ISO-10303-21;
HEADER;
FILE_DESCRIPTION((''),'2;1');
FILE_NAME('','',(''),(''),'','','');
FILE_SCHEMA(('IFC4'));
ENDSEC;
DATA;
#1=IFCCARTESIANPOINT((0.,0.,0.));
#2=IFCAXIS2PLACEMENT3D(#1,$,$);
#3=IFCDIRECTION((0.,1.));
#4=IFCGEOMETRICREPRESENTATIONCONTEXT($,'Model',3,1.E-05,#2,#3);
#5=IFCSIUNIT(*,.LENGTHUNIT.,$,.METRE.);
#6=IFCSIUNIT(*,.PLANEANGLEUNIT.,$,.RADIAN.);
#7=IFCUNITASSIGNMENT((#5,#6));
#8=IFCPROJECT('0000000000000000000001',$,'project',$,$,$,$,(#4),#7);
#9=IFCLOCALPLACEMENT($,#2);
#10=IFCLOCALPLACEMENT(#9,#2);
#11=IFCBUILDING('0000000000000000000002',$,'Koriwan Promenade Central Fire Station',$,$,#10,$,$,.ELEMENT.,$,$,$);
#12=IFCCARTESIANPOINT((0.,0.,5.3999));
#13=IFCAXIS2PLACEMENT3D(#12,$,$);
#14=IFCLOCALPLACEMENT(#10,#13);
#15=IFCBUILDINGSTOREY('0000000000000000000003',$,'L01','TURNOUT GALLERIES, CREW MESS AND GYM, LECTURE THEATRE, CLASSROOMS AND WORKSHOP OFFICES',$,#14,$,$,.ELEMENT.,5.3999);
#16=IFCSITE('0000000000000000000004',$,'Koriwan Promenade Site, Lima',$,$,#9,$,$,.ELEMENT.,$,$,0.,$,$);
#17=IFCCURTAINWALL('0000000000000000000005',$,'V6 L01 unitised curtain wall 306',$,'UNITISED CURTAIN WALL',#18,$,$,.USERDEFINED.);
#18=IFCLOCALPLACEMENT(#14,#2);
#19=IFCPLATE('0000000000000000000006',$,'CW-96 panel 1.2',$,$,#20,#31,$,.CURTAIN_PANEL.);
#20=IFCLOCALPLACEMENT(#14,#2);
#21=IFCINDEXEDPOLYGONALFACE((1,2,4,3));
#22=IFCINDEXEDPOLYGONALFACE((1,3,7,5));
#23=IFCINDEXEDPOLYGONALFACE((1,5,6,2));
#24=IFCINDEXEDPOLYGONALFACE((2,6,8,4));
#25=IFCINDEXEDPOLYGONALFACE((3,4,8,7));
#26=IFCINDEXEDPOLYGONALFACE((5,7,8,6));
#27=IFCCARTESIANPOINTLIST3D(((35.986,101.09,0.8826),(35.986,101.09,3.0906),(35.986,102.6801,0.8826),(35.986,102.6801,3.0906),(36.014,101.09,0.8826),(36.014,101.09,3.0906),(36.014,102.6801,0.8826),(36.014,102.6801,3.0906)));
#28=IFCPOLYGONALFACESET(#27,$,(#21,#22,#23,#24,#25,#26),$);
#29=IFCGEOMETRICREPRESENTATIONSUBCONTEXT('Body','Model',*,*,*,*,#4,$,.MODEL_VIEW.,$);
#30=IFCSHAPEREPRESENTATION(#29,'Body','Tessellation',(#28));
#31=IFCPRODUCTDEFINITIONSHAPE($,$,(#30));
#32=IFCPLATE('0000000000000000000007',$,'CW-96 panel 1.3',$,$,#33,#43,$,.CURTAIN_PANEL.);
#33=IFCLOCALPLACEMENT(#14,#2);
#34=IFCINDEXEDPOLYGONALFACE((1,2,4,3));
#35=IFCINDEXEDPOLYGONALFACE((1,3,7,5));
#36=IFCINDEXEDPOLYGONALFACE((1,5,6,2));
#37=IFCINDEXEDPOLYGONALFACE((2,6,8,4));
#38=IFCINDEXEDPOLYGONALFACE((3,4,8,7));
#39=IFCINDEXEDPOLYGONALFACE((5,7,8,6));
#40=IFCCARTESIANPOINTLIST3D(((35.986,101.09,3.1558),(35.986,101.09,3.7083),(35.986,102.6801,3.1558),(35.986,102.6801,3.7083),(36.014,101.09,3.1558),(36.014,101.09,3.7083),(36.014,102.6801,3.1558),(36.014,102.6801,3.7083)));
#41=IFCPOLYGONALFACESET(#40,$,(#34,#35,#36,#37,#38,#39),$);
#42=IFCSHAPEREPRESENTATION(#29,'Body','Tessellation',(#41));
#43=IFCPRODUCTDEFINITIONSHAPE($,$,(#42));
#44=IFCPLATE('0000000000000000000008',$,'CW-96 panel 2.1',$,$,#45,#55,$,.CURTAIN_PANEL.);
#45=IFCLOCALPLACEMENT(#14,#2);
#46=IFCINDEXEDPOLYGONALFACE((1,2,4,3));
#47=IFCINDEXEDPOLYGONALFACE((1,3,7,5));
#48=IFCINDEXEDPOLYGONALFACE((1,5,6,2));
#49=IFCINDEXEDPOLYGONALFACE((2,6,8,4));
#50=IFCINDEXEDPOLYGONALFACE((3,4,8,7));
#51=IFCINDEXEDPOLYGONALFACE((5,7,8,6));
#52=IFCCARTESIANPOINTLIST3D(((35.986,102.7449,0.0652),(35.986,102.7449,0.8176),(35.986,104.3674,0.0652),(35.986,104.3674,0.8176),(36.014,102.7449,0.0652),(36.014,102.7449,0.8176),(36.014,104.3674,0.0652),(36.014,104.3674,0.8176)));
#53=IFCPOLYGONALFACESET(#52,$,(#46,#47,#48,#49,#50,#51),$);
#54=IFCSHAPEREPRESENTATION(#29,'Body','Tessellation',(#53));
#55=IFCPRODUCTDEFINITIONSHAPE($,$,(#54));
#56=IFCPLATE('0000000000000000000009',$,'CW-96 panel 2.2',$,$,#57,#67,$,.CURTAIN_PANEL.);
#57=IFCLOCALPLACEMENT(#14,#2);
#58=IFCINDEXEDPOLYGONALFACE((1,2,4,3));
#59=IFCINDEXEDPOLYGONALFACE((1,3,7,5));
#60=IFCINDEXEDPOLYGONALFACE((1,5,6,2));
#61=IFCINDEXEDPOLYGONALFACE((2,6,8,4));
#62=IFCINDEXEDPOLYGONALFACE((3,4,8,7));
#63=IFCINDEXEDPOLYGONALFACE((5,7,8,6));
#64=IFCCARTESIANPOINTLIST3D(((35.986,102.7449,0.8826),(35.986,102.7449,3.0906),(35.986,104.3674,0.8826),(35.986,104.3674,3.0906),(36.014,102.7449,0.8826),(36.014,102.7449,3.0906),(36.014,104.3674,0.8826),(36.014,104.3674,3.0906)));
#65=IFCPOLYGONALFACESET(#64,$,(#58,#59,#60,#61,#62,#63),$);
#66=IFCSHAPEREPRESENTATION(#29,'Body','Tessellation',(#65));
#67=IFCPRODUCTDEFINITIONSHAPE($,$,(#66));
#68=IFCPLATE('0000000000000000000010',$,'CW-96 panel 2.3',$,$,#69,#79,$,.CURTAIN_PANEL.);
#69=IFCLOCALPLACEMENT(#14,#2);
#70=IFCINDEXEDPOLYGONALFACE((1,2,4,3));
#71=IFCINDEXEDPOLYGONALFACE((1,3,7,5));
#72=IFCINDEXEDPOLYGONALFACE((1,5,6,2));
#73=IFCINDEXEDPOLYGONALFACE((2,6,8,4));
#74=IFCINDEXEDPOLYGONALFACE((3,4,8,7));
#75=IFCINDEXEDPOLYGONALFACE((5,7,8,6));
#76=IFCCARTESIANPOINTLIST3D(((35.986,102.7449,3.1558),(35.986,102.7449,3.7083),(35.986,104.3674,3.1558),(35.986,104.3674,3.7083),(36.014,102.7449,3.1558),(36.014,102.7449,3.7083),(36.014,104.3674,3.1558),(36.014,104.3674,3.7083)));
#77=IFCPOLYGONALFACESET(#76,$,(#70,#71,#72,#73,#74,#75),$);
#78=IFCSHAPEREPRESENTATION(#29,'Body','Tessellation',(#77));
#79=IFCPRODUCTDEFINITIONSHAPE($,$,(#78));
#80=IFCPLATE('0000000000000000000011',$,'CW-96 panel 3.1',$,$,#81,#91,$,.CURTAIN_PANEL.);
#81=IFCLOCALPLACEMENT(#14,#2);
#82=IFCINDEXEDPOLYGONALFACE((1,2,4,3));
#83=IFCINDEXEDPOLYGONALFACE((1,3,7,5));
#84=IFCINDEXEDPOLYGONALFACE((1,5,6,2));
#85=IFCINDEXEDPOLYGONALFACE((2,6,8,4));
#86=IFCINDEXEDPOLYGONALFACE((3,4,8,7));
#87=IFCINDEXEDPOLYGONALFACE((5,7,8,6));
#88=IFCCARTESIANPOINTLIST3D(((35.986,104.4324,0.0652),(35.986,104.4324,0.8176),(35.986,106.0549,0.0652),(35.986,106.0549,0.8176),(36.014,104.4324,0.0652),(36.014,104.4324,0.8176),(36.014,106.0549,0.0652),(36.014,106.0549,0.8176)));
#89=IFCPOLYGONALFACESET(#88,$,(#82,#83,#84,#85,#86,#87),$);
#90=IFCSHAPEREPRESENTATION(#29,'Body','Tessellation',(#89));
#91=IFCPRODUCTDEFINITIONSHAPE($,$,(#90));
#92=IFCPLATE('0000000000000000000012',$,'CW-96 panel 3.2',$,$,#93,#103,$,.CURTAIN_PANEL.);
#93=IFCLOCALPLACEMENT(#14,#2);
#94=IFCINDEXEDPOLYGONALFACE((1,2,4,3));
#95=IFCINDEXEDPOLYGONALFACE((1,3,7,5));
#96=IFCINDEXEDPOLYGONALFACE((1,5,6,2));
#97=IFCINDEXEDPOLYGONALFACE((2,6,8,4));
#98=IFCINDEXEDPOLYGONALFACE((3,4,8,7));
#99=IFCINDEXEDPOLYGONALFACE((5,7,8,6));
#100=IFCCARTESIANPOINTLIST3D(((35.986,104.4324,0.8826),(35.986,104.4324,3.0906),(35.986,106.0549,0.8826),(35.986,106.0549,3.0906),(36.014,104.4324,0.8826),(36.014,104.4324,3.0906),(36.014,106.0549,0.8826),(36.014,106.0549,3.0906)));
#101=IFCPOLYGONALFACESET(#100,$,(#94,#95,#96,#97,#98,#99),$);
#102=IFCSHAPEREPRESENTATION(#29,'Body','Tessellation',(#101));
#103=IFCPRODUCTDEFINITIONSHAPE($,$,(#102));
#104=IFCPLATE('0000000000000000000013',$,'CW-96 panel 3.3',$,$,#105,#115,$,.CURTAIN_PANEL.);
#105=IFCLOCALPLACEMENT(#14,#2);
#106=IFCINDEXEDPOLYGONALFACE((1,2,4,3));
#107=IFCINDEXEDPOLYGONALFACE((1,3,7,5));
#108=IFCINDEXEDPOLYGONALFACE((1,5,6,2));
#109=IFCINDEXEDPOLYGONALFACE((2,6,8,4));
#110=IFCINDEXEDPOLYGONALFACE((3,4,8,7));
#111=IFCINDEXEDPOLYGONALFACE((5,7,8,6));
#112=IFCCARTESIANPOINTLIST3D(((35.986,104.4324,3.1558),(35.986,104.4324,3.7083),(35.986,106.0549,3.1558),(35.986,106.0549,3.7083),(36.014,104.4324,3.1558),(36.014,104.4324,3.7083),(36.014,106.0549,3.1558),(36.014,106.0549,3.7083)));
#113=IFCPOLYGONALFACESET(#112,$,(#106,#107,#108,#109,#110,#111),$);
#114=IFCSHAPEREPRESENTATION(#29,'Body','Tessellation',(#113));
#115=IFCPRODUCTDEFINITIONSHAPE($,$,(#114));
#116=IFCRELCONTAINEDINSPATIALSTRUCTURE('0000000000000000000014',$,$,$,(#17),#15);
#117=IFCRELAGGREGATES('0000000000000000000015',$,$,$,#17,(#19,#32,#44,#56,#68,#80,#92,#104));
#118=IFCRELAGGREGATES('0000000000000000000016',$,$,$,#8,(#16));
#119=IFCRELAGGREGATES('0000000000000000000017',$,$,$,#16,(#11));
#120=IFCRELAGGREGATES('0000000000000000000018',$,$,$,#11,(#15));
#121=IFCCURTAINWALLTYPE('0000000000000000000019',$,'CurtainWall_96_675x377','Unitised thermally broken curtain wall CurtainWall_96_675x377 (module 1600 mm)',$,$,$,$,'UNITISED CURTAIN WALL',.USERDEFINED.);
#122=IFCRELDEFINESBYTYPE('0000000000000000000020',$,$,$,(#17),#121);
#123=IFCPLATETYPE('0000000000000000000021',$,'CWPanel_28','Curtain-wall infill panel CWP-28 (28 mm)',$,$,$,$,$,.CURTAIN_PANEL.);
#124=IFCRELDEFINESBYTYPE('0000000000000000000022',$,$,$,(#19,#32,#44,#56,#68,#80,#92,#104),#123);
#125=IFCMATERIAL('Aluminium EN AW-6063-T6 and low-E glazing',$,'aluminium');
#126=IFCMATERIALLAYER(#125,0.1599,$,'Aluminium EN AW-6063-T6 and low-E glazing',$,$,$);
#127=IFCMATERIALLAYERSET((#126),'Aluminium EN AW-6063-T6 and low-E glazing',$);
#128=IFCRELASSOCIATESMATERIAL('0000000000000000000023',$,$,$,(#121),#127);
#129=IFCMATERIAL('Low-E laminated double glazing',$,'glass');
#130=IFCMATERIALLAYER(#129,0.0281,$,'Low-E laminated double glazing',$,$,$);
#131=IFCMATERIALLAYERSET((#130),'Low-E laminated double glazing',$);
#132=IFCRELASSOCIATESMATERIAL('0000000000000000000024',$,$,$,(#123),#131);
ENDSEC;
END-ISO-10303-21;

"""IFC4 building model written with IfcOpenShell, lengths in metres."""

from ifc_helpers import new_model, si_unit, direction, frame, origin, origin_2d, place, context, subcontext, project, spatial, rectangle, extrude, material, layer, layer_set, type_object, element, aggregate, save


model = new_model("IFC4")

# Units and contexts
model_context = context("Model", 3, precision=1e-05, world=origin(), true_north=direction((0.0, 1.0)))
body_context = subcontext(model_context, "Body", "Model", "MODEL_VIEW")
ifc_project = project(units=[si_unit("LENGTHUNIT", "METRE"), si_unit("PLANEANGLEUNIT", "RADIAN")], contexts=[model_context])

# Site, building, storey
site_placement = place(None, origin())
site = spatial("IfcSite", under=ifc_project, at=site_placement, Name="Koriwan Promenade Site, Lima", CompositionType="ELEMENT", RefElevation=0.0)
building_placement = place(site_placement, origin())
building = spatial("IfcBuilding", under=site, at=building_placement, Name="Koriwan Promenade Central Fire Station", CompositionType="ELEMENT")
storey_placement = place(building_placement, frame((0.0, 0.0, 5.3999)))
storey = spatial("IfcBuildingStorey", under=building, at=storey_placement, Name="L01", Description="TURNOUT GALLERIES, CREW MESS AND GYM, LECTURE THEATRE, CLASSROOMS AND WORKSHOP OFFICES", CompositionType="ELEMENT", Elevation=5.3999)

# Shared definitions
ifc_material_1 = material(Name="Aluminium EN AW-6063-T6 and low-E glazing", Category="aluminium")
ifc_layer_1 = layer(ifc_material_1, 0.1599, Name="Aluminium EN AW-6063-T6 and low-E glazing")
ifc_layer_set_1 = layer_set([ifc_layer_1], Name="Aluminium EN AW-6063-T6 and low-E glazing")
curtain_wall_type = type_object("IfcCurtainWallType", Name="CurtainWall_96_675x377", Description="Unitised thermally broken curtain wall CurtainWall_96_675x377 (module 1600 mm)", ElementType="UNITISED CURTAIN WALL", PredefinedType="USERDEFINED", material=ifc_layer_set_1)

# Curtain wall
curtain_wall_1_placement = place(storey_placement, origin())
curtain_wall_1 = element("IfcCurtainWall", 1, at=curtain_wall_1_placement, inside=storey, type_object=curtain_wall_type, Name="V6 L01 unitised curtain wall 306", ObjectType="UNITISED CURTAIN WALL", PredefinedType="USERDEFINED")

# Plates
ifc_material_2 = material(Name="Low-E laminated double glazing", Category="glass")
ifc_layer_2 = layer(ifc_material_2, 0.0281, Name="Low-E laminated double glazing")
ifc_layer_set_2 = layer_set([ifc_layer_2], Name="Low-E laminated double glazing")
plate_type = type_object("IfcPlateType", Name="CWPanel_28", Description="Curtain-wall infill panel CWP-28 (28 mm)", PredefinedType="CURTAIN_PANEL", material=ifc_layer_set_2)
plate_1_placement = place(storey_placement, frame((36.0, 101.885, 0.8826), z_axis=(0.0, 0.0, 1.0), x_axis=(0.0, 1.0, 0.0)))
plate_1 = element("IfcPlate", 2, at=plate_1_placement, type_object=plate_type, Name="CW-96 panel 1.2", PredefinedType="CURTAIN_PANEL", context=body_context, shape_type="SweptSolid", body=[
    extrude(rectangle(XDim=1.5901, YDim=0.0281, at=origin_2d()), origin(), (0.0, 0.0, 1.0), 2.208),
])
plate_2_placement = place(storey_placement, frame((36.0, 101.885, 3.1558), z_axis=(0.0, 0.0, 1.0), x_axis=(0.0, 1.0, 0.0)))
plate_2 = element("IfcPlate", 3, at=plate_2_placement, type_object=plate_type, Name="CW-96 panel 1.3", PredefinedType="CURTAIN_PANEL", context=body_context, shape_type="SweptSolid", body=[
    extrude(rectangle(XDim=1.5901, YDim=0.0281, at=origin_2d()), origin(), (0.0, 0.0, 1.0), 0.5525),
])
plate_3_placement = place(storey_placement, frame((36.0, 103.5562, 0.0652), z_axis=(0.0, 0.0, 1.0), x_axis=(0.0, 1.0, 0.0)))
plate_3 = element("IfcPlate", 4, at=plate_3_placement, type_object=plate_type, Name="CW-96 panel 2.1", PredefinedType="CURTAIN_PANEL", context=body_context, shape_type="SweptSolid", body=[
    extrude(rectangle(XDim=1.6226, YDim=0.0281, at=origin_2d()), origin(), (0.0, 0.0, 1.0), 0.7524),
])
plate_4_placement = place(storey_placement, frame((36.0, 103.5562, 0.8826), z_axis=(0.0, 0.0, 1.0), x_axis=(0.0, 1.0, 0.0)))
plate_4 = element("IfcPlate", 5, at=plate_4_placement, type_object=plate_type, Name="CW-96 panel 2.2", PredefinedType="CURTAIN_PANEL", context=body_context, shape_type="SweptSolid", body=[
    extrude(rectangle(XDim=1.6226, YDim=0.0281, at=origin_2d()), origin(), (0.0, 0.0, 1.0), 2.208),
])
plate_5_placement = place(storey_placement, frame((36.0, 103.5562, 3.1558), z_axis=(0.0, 0.0, 1.0), x_axis=(0.0, 1.0, 0.0)))
plate_5 = element("IfcPlate", 6, at=plate_5_placement, type_object=plate_type, Name="CW-96 panel 2.3", PredefinedType="CURTAIN_PANEL", context=body_context, shape_type="SweptSolid", body=[
    extrude(rectangle(XDim=1.6226, YDim=0.0281, at=origin_2d()), origin(), (0.0, 0.0, 1.0), 0.5525),
])
plate_6_placement = place(storey_placement, frame((36.0, 105.2437, 0.0652), z_axis=(0.0, 0.0, 1.0), x_axis=(0.0, 1.0, 0.0)))
plate_6 = element("IfcPlate", 7, at=plate_6_placement, type_object=plate_type, Name="CW-96 panel 3.1", PredefinedType="CURTAIN_PANEL", context=body_context, shape_type="SweptSolid", body=[
    extrude(rectangle(XDim=1.6226, YDim=0.0281, at=origin_2d()), origin(), (0.0, 0.0, 1.0), 0.7524),
])
plate_7_placement = place(storey_placement, frame((36.0, 105.2437, 0.8826), z_axis=(0.0, 0.0, 1.0), x_axis=(0.0, 1.0, 0.0)))
plate_7 = element("IfcPlate", 8, at=plate_7_placement, type_object=plate_type, Name="CW-96 panel 3.2", PredefinedType="CURTAIN_PANEL", context=body_context, shape_type="SweptSolid", body=[
    extrude(rectangle(XDim=1.6226, YDim=0.0281, at=origin_2d()), origin(), (0.0, 0.0, 1.0), 2.208),
])
plate_8_placement = place(storey_placement, frame((36.0, 105.2437, 3.1558), z_axis=(0.0, 0.0, 1.0), x_axis=(0.0, 1.0, 0.0)))
plate_8 = element("IfcPlate", 9, at=plate_8_placement, type_object=plate_type, Name="CW-96 panel 3.3", PredefinedType="CURTAIN_PANEL", context=body_context, shape_type="SweptSolid", body=[
    extrude(rectangle(XDim=1.6226, YDim=0.0281, at=origin_2d()), origin(), (0.0, 0.0, 1.0), 0.5525),
])
aggregate(curtain_wall_1, [plate_1, plate_2, plate_3, plate_4, plate_5, plate_6, plate_7, plate_8])

save(model, "model.ifc")
